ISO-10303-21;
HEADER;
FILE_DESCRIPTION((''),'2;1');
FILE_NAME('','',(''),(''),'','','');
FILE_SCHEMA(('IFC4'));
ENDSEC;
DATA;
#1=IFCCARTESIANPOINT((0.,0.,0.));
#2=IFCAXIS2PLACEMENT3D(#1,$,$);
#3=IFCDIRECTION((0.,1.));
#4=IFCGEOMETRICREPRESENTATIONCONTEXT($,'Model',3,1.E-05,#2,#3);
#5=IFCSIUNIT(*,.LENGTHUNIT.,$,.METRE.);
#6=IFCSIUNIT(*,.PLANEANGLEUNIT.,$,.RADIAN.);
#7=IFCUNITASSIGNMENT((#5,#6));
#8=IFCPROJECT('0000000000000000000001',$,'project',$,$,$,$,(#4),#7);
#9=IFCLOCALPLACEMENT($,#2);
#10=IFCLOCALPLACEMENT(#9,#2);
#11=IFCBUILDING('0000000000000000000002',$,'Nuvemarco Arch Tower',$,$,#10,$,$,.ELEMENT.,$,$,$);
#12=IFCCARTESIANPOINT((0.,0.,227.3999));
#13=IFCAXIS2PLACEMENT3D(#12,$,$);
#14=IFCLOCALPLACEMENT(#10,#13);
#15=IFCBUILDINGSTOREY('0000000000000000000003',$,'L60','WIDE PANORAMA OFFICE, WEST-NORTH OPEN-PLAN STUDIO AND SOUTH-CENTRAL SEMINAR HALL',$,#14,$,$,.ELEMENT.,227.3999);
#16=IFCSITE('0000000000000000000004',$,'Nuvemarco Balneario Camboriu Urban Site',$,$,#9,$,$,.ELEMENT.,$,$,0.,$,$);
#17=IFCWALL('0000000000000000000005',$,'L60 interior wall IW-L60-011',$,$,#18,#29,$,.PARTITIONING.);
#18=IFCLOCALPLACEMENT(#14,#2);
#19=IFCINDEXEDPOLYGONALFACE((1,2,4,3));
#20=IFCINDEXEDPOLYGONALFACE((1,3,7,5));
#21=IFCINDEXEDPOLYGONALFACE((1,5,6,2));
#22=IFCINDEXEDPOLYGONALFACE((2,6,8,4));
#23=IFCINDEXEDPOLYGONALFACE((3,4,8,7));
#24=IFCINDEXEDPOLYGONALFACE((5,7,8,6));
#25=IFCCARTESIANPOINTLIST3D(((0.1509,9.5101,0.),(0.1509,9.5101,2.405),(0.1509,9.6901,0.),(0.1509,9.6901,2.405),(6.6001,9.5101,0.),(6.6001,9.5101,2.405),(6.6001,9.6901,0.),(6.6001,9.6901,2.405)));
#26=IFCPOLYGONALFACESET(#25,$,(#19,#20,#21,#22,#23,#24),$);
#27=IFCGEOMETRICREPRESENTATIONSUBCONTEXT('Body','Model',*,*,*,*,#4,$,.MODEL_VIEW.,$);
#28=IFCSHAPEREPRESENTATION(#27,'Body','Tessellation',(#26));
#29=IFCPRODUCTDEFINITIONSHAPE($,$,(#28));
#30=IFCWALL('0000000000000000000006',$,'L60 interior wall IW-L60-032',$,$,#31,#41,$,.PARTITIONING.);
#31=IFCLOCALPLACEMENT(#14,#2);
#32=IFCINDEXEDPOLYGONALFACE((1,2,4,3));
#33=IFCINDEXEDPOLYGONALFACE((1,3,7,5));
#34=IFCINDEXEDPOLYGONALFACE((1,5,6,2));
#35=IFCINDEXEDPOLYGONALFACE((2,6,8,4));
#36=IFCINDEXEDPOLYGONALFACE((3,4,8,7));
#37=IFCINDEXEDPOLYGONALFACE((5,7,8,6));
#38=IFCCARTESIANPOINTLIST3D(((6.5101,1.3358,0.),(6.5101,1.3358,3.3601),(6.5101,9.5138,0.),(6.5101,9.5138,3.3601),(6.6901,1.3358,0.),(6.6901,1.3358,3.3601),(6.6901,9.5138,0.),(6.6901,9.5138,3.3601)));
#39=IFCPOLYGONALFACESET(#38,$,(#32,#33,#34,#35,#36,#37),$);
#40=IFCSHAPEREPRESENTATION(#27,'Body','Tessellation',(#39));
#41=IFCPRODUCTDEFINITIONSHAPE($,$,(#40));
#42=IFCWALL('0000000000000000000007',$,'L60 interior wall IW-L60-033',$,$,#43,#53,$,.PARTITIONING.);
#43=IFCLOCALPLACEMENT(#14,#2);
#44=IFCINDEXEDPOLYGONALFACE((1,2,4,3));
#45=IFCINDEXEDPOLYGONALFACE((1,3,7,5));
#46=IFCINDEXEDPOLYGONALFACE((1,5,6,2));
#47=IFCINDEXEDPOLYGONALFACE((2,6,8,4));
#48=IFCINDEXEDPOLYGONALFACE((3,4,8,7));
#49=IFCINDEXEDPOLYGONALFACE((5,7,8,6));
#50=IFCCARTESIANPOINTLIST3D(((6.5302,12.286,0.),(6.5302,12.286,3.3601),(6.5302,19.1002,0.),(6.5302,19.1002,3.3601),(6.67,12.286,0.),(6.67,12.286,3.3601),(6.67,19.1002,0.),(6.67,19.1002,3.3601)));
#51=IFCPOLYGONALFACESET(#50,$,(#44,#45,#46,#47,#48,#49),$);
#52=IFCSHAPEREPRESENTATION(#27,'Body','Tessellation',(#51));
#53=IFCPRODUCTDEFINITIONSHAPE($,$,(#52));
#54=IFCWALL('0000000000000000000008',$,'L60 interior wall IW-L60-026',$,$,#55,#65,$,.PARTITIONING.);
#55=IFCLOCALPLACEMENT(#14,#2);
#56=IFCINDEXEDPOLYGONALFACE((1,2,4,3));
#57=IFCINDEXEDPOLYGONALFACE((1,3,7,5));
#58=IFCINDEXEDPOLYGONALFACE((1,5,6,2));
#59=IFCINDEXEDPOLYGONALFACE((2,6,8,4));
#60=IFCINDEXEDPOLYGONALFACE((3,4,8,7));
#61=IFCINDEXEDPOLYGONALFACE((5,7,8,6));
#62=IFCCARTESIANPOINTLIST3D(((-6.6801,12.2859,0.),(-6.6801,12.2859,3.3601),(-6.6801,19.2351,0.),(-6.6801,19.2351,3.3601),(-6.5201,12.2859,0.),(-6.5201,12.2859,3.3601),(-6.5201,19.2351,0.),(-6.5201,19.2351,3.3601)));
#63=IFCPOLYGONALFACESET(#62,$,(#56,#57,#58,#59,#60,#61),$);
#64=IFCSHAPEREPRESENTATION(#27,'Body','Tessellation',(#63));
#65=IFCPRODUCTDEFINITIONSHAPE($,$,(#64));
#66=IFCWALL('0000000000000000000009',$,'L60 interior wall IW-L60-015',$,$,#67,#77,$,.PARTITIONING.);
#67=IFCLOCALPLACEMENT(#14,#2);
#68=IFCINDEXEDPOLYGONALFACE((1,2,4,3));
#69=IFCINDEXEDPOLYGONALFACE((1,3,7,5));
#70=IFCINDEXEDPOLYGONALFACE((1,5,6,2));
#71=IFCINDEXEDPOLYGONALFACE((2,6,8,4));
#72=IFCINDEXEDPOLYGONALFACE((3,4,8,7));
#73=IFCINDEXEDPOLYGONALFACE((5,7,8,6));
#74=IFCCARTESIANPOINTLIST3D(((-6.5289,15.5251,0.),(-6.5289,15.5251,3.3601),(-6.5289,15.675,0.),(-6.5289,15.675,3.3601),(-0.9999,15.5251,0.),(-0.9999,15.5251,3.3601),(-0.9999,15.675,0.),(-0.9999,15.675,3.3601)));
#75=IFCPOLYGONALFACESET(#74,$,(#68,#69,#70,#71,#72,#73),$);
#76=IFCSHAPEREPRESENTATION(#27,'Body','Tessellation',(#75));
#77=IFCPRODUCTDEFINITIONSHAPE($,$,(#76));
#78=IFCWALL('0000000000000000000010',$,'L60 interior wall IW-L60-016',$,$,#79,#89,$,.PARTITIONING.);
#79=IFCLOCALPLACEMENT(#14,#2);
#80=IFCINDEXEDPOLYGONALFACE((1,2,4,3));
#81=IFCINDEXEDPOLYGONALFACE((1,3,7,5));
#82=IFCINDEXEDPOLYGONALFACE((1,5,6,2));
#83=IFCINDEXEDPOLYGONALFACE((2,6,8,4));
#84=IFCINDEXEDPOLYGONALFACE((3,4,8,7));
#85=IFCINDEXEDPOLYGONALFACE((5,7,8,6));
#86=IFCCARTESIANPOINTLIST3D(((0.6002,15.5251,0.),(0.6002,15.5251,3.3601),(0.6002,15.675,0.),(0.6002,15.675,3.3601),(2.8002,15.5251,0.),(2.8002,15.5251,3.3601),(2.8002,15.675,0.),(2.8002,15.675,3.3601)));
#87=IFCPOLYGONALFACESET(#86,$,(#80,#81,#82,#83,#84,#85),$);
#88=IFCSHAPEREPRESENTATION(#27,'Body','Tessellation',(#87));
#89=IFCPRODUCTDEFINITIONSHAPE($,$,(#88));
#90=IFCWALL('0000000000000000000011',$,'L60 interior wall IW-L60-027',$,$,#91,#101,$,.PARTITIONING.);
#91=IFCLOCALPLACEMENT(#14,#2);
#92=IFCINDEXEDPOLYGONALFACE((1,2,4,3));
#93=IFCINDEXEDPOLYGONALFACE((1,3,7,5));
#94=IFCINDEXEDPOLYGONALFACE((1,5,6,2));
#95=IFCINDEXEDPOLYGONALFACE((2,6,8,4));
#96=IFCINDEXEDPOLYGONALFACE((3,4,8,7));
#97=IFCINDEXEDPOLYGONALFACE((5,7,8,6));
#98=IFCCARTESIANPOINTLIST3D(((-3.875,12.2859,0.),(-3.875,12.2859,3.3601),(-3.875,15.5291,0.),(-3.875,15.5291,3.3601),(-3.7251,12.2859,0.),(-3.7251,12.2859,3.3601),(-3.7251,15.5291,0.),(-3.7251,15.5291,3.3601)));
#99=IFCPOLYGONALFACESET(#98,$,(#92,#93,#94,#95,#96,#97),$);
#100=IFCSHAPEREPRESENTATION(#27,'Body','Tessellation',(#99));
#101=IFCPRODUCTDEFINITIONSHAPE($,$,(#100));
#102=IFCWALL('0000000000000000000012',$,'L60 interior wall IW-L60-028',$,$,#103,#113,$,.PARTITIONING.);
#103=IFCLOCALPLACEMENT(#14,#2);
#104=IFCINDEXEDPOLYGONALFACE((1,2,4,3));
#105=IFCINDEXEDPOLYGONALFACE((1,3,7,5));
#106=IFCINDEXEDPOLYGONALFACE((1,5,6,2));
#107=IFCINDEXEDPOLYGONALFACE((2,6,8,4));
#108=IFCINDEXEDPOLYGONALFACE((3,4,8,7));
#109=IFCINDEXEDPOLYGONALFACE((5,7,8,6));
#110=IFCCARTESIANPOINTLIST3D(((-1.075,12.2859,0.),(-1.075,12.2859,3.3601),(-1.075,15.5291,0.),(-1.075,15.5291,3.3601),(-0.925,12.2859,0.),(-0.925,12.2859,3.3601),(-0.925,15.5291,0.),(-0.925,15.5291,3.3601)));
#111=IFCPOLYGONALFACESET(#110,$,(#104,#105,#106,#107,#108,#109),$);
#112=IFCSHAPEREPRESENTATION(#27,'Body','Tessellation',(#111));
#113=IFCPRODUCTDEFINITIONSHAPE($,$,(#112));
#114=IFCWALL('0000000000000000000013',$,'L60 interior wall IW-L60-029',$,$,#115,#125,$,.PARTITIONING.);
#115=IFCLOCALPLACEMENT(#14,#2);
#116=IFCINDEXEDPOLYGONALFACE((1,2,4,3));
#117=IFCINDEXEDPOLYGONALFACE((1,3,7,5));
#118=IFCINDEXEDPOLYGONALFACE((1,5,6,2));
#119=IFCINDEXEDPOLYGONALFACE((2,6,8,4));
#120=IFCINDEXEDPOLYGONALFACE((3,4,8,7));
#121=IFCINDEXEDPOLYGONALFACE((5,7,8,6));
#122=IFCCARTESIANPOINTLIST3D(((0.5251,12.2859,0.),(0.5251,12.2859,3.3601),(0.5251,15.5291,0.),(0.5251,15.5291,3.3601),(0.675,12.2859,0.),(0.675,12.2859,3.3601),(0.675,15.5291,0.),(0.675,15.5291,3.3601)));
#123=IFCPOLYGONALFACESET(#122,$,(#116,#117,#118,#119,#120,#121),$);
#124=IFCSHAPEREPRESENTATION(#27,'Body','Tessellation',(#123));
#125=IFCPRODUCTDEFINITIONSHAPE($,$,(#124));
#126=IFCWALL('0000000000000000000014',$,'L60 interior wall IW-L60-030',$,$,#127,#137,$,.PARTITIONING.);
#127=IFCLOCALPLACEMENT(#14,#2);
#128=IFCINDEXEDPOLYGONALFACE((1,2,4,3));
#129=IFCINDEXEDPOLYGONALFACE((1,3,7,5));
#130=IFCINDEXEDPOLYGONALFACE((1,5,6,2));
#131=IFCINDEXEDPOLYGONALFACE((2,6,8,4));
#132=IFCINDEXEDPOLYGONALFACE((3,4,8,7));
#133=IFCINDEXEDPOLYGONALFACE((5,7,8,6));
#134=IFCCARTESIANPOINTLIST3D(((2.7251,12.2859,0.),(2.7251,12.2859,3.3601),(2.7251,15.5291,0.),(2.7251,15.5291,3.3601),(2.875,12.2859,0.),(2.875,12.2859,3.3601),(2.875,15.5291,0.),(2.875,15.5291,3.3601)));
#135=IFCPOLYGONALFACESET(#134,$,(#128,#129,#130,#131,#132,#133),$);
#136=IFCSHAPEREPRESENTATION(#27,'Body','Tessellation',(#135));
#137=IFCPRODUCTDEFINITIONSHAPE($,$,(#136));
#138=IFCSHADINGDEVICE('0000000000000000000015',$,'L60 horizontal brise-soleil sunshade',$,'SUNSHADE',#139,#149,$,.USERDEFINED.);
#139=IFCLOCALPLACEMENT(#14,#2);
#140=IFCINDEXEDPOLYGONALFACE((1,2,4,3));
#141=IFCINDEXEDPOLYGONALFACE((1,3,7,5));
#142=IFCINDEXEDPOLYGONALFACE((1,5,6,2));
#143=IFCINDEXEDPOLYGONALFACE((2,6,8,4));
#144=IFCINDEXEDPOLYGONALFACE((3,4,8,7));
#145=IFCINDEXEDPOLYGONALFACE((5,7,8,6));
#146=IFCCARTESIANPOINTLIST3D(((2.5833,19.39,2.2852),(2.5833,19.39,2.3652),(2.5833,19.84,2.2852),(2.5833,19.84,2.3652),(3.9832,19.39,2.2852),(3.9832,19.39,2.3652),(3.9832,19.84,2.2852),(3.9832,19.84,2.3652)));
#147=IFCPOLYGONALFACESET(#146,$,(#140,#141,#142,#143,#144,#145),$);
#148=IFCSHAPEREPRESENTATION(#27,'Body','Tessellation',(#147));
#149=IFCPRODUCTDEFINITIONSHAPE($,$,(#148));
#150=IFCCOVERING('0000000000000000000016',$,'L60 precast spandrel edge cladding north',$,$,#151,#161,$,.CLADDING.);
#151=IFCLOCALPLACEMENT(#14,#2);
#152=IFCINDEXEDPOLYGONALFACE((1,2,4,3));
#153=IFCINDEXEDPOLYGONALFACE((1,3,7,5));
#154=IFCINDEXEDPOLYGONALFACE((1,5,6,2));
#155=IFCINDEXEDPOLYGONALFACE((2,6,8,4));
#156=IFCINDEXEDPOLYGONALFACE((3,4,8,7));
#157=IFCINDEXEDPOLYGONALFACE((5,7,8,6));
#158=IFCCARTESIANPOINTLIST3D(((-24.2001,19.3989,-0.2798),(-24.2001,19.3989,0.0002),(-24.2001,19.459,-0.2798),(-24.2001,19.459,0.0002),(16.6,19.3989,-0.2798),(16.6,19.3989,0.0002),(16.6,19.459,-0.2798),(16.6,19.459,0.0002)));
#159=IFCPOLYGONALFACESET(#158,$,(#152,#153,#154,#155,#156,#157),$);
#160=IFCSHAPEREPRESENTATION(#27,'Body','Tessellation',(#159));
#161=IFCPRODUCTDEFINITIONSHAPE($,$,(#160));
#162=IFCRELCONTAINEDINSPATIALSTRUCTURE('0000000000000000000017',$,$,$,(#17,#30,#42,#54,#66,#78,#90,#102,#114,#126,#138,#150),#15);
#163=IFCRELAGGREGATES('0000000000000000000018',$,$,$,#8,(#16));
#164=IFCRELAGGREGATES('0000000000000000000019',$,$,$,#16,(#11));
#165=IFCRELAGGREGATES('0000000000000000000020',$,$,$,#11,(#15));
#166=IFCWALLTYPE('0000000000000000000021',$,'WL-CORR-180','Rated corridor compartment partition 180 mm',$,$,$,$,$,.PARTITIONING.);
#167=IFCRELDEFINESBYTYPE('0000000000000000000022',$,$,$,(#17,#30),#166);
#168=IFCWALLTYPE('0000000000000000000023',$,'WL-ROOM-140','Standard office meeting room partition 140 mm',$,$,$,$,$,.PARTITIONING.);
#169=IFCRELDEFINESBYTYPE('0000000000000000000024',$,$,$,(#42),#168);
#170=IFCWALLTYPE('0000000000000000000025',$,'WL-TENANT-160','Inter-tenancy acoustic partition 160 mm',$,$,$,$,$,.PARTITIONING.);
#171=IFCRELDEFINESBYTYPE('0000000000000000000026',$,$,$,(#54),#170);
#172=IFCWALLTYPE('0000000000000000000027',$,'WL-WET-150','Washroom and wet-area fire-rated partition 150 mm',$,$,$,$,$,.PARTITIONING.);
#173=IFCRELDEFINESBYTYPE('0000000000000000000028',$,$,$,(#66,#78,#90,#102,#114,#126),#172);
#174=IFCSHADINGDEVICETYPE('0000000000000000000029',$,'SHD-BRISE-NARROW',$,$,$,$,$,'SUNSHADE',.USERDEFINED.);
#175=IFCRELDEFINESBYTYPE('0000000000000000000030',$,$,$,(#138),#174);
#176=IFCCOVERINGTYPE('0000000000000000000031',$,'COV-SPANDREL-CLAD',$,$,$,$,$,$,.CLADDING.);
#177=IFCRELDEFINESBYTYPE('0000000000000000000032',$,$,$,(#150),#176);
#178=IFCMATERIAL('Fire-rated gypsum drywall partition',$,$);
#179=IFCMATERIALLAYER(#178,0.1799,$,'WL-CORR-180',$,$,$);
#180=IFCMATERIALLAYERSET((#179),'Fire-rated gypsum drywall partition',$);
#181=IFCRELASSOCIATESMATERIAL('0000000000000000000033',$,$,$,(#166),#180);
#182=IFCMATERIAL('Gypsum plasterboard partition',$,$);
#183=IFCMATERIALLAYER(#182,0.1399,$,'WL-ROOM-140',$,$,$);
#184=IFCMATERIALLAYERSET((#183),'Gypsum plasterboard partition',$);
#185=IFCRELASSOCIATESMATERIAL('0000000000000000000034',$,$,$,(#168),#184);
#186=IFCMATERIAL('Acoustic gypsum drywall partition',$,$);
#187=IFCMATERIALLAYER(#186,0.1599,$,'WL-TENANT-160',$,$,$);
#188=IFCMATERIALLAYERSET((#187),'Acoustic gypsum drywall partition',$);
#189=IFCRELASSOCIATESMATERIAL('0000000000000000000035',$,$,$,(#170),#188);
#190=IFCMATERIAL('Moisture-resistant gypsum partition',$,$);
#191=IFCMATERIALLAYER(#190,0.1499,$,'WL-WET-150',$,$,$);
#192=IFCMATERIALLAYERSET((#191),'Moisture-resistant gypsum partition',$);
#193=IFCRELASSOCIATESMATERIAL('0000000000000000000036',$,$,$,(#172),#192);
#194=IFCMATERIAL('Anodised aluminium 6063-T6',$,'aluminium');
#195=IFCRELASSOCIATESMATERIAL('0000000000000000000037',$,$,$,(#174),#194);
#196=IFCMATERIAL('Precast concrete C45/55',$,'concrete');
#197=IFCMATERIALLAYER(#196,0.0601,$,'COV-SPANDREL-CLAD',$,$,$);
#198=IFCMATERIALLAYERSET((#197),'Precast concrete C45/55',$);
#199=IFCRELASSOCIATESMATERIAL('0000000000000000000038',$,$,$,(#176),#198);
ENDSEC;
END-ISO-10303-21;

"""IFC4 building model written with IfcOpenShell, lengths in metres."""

from ifc_helpers import new_model, si_unit, direction, frame, frame_2d, origin, origin_2d, place, context, subcontext, project, spatial, rectangle, extrude, source, transform, mapped, material, layer, layer_set, type_object, type_shapes, element, save


model = new_model("IFC4")

# Units and contexts
model_context = context("Model", 3, precision=1e-05, world=origin(), true_north=direction((0.0, 1.0)))
body_context = subcontext(model_context, "Body", "Model", "MODEL_VIEW")
ifc_project = project(units=[si_unit("LENGTHUNIT", "METRE"), si_unit("PLANEANGLEUNIT", "RADIAN")], contexts=[model_context])

# Site, building, storey
site_placement = place(None, origin())
site = spatial("IfcSite", under=ifc_project, at=site_placement, Name="Nuvemarco Balneario Camboriu Urban Site", CompositionType="ELEMENT", RefElevation=0.0)
building_placement = place(site_placement, origin())
building = spatial("IfcBuilding", under=site, at=building_placement, Name="Nuvemarco Arch Tower", CompositionType="ELEMENT")
storey_placement = place(building_placement, frame((0.0, 0.0, 227.3999)))
storey = spatial("IfcBuildingStorey", under=building, at=storey_placement, Name="L60", Description="WIDE PANORAMA OFFICE, WEST-NORTH OPEN-PLAN STUDIO AND SOUTH-CENTRAL SEMINAR HALL", CompositionType="ELEMENT", Elevation=227.3999)

# Shared definitions
ifc_material_1 = material(Name="Precast concrete C45/55", Category="concrete")

# Walls
ifc_material_2 = material(Name="Fire-rated gypsum drywall partition")
ifc_layer_1 = layer(ifc_material_2, 0.1799, Name="WL-CORR-180")
ifc_layer_set_1 = layer_set([ifc_layer_1], Name="Fire-rated gypsum drywall partition")
wall_type_1 = type_object("IfcWallType", Name="WL-CORR-180", Description="Rated corridor compartment partition 180 mm", PredefinedType="PARTITIONING", material=ifc_layer_set_1)
wall_1_placement = place(storey_placement, frame((0.1509, 9.6001, 0.0), z_axis=(0.0, 0.0, 1.0), x_axis=(1.0, 0.0, 0.0)))
element("IfcWall", 1, at=wall_1_placement, inside=storey, type_object=wall_type_1, Name="L60 interior wall IW-L60-011", PredefinedType="PARTITIONING", context=body_context, shape_type="SweptSolid", body=[
    extrude(rectangle(XDim=6.4492, YDim=0.1799, at=frame_2d((3.2246, 0.0))), origin(), (0.0, 0.0, 1.0), 2.405),
])
wall_2_placement = place(storey_placement, frame((6.6001, 1.3359, 0.0), z_axis=(0.0, 0.0, 1.0), x_axis=(0.0, 1.0, 0.0)))
element("IfcWall", 2, at=wall_2_placement, inside=storey, type_object=wall_type_1, Name="L60 interior wall IW-L60-032", PredefinedType="PARTITIONING", context=body_context, shape_type="SweptSolid", body=[
    extrude(rectangle(XDim=8.178, YDim=0.1799, at=frame_2d((4.0889, 0.0))), origin(), (0.0, 0.0, 1.0), 3.3601),
])
ifc_material_3 = material(Name="Gypsum plasterboard partition")
ifc_layer_2 = layer(ifc_material_3, 0.1399, Name="WL-ROOM-140")
ifc_layer_set_2 = layer_set([ifc_layer_2], Name="Gypsum plasterboard partition")
wall_type_2 = type_object("IfcWallType", Name="WL-ROOM-140", Description="Standard office meeting room partition 140 mm", PredefinedType="PARTITIONING", material=ifc_layer_set_2)
wall_3_placement = place(storey_placement, frame((6.6001, 12.2859, 0.0), z_axis=(0.0, 0.0, 1.0), x_axis=(0.0, 1.0, 0.0)))
element("IfcWall", 3, at=wall_3_placement, inside=storey, type_object=wall_type_2, Name="L60 interior wall IW-L60-033", PredefinedType="PARTITIONING", context=body_context, shape_type="SweptSolid", body=[
    extrude(rectangle(XDim=6.8142, YDim=0.1399, at=frame_2d((3.4072, 0.0))), origin(), (0.0, 0.0, 1.0), 3.3601),
])
ifc_material_4 = material(Name="Acoustic gypsum drywall partition")
ifc_layer_3 = layer(ifc_material_4, 0.1599, Name="WL-TENANT-160")
ifc_layer_set_3 = layer_set([ifc_layer_3], Name="Acoustic gypsum drywall partition")
wall_type_3 = type_object("IfcWallType", Name="WL-TENANT-160", Description="Inter-tenancy acoustic partition 160 mm", PredefinedType="PARTITIONING", material=ifc_layer_set_3)
wall_4_placement = place(storey_placement, frame((-6.6001, 12.2859, 0.0), z_axis=(0.0, 0.0, 1.0), x_axis=(0.0, 1.0, 0.0)))
element("IfcWall", 4, at=wall_4_placement, inside=storey, type_object=wall_type_3, Name="L60 interior wall IW-L60-026", PredefinedType="PARTITIONING", context=body_context, shape_type="SweptSolid", body=[
    extrude(rectangle(XDim=6.9492, YDim=0.1599, at=frame_2d((3.4746, 0.0))), origin(), (0.0, 0.0, 1.0), 3.3601),
])
ifc_material_5 = material(Name="Moisture-resistant gypsum partition")
ifc_layer_4 = layer(ifc_material_5, 0.1499, Name="WL-WET-150")
ifc_layer_set_4 = layer_set([ifc_layer_4], Name="Moisture-resistant gypsum partition")
wall_type_4 = type_object("IfcWallType", Name="WL-WET-150", Description="Washroom and wet-area fire-rated partition 150 mm", PredefinedType="PARTITIONING", material=ifc_layer_set_4)
wall_5_placement = place(storey_placement, frame((-6.5291, 15.6001, 0.0), z_axis=(0.0, 0.0, 1.0), x_axis=(1.0, 0.0, 0.0)))
element("IfcWall", 5, at=wall_5_placement, inside=storey, type_object=wall_type_4, Name="L60 interior wall IW-L60-015", PredefinedType="PARTITIONING", context=body_context, shape_type="SweptSolid", body=[
    extrude(rectangle(XDim=5.5291, YDim=0.1499, at=frame_2d((2.7646, 0.0))), origin(), (0.0, 0.0, 1.0), 3.3601),
])
wall_6_placement = place(storey_placement, frame((0.6001, 15.6001, 0.0), z_axis=(0.0, 0.0, 1.0), x_axis=(1.0, 0.0, 0.0)))
element("IfcWall", 6, at=wall_6_placement, inside=storey, type_object=wall_type_4, Name="L60 interior wall IW-L60-016", PredefinedType="PARTITIONING", context=body_context, shape_type="SweptSolid", body=[
    extrude(rectangle(XDim=2.2, YDim=0.1499, at=frame_2d((1.1001, 0.0))), origin(), (0.0, 0.0, 1.0), 3.3601),
])
for number, where, z_axis, x_axis, name in (
    (7, (-3.8, 12.2859, 0.0), (0.0, 0.0, 1.0), (0.0, 1.0, 0.0), "L60 interior wall IW-L60-027"),
    (8, (-1.0, 12.2859, 0.0), (0.0, 0.0, 1.0), (0.0, 1.0, 0.0), "L60 interior wall IW-L60-028"),
    (9, (0.6001, 12.2859, 0.0), (0.0, 0.0, 1.0), (0.0, 1.0, 0.0), "L60 interior wall IW-L60-029"),
    (10, (2.8, 12.2859, 0.0), (0.0, 0.0, 1.0), (0.0, 1.0, 0.0), "L60 interior wall IW-L60-030"),
):
    element("IfcWall", number, at=place(storey_placement, frame(where, z_axis=z_axis, x_axis=x_axis)), inside=storey, type_object=wall_type_4, Name=name, PredefinedType="PARTITIONING", context=body_context, shape_type="SweptSolid", body=[
        extrude(rectangle(XDim=3.2432, YDim=0.1499, at=frame_2d((1.6216, 0.0))), origin(), (0.0, 0.0, 1.0), 3.3601),
    ])

# Shading device
ifc_material_6 = material(Name="Anodised aluminium 6063-T6", Category="aluminium")
shading_device_type = type_object("IfcShadingDeviceType", Name="SHD-BRISE-NARROW", ElementType="SUNSHADE", PredefinedType="USERDEFINED", material=ifc_material_6)
shared_shape_1 = source(origin(), body_context, "Body", "SweptSolid", [
    extrude(rectangle(XDim=1.3999, YDim=0.45, at=origin_2d()), origin(), (0.0, 0.0, 1.0), 0.0801),
])
type_shapes(shading_device_type, [shared_shape_1])
shading_device_placement = place(storey_placement, frame((3.2832, 19.615, 2.2852), z_axis=(0.0, 0.0, 1.0), x_axis=(1.0, 0.0, 0.0)))
element("IfcShadingDevice", 11, at=shading_device_placement, inside=storey, type_object=shading_device_type, Name="L60 horizontal brise-soleil sunshade", ObjectType="SUNSHADE", PredefinedType="USERDEFINED", context=body_context, shape_type="MappedRepresentation", body=[
    mapped(shared_shape_1, transform((0.0, 0.0, 0.0), scale=1.0)),
])

# Covering
ifc_layer_5 = layer(ifc_material_1, 0.0601, Name="COV-SPANDREL-CLAD")
ifc_layer_set_5 = layer_set([ifc_layer_5], Name="Precast concrete C45/55")
covering_type = type_object("IfcCoveringType", Name="COV-SPANDREL-CLAD", PredefinedType="CLADDING", material=ifc_layer_set_5)
shared_shape_2 = source(origin(), body_context, "Body", "SweptSolid", [
    extrude(rectangle(XDim=40.8, YDim=0.0601, at=origin_2d()), origin(), (0.0, 0.0, 1.0), 0.28),
])
type_shapes(covering_type, [shared_shape_2])
covering_placement = place(storey_placement, frame((-3.8, 19.429, -0.2798), z_axis=(0.0, 0.0, 1.0), x_axis=(1.0, 0.0, 0.0)))
element("IfcCovering", 12, at=covering_placement, inside=storey, type_object=covering_type, Name="L60 precast spandrel edge cladding north", PredefinedType="CLADDING", context=body_context, shape_type="MappedRepresentation", body=[
    mapped(shared_shape_2, transform((0.0, 0.0, 0.0), scale=1.0)),
])

save(model, "model.ifc")
